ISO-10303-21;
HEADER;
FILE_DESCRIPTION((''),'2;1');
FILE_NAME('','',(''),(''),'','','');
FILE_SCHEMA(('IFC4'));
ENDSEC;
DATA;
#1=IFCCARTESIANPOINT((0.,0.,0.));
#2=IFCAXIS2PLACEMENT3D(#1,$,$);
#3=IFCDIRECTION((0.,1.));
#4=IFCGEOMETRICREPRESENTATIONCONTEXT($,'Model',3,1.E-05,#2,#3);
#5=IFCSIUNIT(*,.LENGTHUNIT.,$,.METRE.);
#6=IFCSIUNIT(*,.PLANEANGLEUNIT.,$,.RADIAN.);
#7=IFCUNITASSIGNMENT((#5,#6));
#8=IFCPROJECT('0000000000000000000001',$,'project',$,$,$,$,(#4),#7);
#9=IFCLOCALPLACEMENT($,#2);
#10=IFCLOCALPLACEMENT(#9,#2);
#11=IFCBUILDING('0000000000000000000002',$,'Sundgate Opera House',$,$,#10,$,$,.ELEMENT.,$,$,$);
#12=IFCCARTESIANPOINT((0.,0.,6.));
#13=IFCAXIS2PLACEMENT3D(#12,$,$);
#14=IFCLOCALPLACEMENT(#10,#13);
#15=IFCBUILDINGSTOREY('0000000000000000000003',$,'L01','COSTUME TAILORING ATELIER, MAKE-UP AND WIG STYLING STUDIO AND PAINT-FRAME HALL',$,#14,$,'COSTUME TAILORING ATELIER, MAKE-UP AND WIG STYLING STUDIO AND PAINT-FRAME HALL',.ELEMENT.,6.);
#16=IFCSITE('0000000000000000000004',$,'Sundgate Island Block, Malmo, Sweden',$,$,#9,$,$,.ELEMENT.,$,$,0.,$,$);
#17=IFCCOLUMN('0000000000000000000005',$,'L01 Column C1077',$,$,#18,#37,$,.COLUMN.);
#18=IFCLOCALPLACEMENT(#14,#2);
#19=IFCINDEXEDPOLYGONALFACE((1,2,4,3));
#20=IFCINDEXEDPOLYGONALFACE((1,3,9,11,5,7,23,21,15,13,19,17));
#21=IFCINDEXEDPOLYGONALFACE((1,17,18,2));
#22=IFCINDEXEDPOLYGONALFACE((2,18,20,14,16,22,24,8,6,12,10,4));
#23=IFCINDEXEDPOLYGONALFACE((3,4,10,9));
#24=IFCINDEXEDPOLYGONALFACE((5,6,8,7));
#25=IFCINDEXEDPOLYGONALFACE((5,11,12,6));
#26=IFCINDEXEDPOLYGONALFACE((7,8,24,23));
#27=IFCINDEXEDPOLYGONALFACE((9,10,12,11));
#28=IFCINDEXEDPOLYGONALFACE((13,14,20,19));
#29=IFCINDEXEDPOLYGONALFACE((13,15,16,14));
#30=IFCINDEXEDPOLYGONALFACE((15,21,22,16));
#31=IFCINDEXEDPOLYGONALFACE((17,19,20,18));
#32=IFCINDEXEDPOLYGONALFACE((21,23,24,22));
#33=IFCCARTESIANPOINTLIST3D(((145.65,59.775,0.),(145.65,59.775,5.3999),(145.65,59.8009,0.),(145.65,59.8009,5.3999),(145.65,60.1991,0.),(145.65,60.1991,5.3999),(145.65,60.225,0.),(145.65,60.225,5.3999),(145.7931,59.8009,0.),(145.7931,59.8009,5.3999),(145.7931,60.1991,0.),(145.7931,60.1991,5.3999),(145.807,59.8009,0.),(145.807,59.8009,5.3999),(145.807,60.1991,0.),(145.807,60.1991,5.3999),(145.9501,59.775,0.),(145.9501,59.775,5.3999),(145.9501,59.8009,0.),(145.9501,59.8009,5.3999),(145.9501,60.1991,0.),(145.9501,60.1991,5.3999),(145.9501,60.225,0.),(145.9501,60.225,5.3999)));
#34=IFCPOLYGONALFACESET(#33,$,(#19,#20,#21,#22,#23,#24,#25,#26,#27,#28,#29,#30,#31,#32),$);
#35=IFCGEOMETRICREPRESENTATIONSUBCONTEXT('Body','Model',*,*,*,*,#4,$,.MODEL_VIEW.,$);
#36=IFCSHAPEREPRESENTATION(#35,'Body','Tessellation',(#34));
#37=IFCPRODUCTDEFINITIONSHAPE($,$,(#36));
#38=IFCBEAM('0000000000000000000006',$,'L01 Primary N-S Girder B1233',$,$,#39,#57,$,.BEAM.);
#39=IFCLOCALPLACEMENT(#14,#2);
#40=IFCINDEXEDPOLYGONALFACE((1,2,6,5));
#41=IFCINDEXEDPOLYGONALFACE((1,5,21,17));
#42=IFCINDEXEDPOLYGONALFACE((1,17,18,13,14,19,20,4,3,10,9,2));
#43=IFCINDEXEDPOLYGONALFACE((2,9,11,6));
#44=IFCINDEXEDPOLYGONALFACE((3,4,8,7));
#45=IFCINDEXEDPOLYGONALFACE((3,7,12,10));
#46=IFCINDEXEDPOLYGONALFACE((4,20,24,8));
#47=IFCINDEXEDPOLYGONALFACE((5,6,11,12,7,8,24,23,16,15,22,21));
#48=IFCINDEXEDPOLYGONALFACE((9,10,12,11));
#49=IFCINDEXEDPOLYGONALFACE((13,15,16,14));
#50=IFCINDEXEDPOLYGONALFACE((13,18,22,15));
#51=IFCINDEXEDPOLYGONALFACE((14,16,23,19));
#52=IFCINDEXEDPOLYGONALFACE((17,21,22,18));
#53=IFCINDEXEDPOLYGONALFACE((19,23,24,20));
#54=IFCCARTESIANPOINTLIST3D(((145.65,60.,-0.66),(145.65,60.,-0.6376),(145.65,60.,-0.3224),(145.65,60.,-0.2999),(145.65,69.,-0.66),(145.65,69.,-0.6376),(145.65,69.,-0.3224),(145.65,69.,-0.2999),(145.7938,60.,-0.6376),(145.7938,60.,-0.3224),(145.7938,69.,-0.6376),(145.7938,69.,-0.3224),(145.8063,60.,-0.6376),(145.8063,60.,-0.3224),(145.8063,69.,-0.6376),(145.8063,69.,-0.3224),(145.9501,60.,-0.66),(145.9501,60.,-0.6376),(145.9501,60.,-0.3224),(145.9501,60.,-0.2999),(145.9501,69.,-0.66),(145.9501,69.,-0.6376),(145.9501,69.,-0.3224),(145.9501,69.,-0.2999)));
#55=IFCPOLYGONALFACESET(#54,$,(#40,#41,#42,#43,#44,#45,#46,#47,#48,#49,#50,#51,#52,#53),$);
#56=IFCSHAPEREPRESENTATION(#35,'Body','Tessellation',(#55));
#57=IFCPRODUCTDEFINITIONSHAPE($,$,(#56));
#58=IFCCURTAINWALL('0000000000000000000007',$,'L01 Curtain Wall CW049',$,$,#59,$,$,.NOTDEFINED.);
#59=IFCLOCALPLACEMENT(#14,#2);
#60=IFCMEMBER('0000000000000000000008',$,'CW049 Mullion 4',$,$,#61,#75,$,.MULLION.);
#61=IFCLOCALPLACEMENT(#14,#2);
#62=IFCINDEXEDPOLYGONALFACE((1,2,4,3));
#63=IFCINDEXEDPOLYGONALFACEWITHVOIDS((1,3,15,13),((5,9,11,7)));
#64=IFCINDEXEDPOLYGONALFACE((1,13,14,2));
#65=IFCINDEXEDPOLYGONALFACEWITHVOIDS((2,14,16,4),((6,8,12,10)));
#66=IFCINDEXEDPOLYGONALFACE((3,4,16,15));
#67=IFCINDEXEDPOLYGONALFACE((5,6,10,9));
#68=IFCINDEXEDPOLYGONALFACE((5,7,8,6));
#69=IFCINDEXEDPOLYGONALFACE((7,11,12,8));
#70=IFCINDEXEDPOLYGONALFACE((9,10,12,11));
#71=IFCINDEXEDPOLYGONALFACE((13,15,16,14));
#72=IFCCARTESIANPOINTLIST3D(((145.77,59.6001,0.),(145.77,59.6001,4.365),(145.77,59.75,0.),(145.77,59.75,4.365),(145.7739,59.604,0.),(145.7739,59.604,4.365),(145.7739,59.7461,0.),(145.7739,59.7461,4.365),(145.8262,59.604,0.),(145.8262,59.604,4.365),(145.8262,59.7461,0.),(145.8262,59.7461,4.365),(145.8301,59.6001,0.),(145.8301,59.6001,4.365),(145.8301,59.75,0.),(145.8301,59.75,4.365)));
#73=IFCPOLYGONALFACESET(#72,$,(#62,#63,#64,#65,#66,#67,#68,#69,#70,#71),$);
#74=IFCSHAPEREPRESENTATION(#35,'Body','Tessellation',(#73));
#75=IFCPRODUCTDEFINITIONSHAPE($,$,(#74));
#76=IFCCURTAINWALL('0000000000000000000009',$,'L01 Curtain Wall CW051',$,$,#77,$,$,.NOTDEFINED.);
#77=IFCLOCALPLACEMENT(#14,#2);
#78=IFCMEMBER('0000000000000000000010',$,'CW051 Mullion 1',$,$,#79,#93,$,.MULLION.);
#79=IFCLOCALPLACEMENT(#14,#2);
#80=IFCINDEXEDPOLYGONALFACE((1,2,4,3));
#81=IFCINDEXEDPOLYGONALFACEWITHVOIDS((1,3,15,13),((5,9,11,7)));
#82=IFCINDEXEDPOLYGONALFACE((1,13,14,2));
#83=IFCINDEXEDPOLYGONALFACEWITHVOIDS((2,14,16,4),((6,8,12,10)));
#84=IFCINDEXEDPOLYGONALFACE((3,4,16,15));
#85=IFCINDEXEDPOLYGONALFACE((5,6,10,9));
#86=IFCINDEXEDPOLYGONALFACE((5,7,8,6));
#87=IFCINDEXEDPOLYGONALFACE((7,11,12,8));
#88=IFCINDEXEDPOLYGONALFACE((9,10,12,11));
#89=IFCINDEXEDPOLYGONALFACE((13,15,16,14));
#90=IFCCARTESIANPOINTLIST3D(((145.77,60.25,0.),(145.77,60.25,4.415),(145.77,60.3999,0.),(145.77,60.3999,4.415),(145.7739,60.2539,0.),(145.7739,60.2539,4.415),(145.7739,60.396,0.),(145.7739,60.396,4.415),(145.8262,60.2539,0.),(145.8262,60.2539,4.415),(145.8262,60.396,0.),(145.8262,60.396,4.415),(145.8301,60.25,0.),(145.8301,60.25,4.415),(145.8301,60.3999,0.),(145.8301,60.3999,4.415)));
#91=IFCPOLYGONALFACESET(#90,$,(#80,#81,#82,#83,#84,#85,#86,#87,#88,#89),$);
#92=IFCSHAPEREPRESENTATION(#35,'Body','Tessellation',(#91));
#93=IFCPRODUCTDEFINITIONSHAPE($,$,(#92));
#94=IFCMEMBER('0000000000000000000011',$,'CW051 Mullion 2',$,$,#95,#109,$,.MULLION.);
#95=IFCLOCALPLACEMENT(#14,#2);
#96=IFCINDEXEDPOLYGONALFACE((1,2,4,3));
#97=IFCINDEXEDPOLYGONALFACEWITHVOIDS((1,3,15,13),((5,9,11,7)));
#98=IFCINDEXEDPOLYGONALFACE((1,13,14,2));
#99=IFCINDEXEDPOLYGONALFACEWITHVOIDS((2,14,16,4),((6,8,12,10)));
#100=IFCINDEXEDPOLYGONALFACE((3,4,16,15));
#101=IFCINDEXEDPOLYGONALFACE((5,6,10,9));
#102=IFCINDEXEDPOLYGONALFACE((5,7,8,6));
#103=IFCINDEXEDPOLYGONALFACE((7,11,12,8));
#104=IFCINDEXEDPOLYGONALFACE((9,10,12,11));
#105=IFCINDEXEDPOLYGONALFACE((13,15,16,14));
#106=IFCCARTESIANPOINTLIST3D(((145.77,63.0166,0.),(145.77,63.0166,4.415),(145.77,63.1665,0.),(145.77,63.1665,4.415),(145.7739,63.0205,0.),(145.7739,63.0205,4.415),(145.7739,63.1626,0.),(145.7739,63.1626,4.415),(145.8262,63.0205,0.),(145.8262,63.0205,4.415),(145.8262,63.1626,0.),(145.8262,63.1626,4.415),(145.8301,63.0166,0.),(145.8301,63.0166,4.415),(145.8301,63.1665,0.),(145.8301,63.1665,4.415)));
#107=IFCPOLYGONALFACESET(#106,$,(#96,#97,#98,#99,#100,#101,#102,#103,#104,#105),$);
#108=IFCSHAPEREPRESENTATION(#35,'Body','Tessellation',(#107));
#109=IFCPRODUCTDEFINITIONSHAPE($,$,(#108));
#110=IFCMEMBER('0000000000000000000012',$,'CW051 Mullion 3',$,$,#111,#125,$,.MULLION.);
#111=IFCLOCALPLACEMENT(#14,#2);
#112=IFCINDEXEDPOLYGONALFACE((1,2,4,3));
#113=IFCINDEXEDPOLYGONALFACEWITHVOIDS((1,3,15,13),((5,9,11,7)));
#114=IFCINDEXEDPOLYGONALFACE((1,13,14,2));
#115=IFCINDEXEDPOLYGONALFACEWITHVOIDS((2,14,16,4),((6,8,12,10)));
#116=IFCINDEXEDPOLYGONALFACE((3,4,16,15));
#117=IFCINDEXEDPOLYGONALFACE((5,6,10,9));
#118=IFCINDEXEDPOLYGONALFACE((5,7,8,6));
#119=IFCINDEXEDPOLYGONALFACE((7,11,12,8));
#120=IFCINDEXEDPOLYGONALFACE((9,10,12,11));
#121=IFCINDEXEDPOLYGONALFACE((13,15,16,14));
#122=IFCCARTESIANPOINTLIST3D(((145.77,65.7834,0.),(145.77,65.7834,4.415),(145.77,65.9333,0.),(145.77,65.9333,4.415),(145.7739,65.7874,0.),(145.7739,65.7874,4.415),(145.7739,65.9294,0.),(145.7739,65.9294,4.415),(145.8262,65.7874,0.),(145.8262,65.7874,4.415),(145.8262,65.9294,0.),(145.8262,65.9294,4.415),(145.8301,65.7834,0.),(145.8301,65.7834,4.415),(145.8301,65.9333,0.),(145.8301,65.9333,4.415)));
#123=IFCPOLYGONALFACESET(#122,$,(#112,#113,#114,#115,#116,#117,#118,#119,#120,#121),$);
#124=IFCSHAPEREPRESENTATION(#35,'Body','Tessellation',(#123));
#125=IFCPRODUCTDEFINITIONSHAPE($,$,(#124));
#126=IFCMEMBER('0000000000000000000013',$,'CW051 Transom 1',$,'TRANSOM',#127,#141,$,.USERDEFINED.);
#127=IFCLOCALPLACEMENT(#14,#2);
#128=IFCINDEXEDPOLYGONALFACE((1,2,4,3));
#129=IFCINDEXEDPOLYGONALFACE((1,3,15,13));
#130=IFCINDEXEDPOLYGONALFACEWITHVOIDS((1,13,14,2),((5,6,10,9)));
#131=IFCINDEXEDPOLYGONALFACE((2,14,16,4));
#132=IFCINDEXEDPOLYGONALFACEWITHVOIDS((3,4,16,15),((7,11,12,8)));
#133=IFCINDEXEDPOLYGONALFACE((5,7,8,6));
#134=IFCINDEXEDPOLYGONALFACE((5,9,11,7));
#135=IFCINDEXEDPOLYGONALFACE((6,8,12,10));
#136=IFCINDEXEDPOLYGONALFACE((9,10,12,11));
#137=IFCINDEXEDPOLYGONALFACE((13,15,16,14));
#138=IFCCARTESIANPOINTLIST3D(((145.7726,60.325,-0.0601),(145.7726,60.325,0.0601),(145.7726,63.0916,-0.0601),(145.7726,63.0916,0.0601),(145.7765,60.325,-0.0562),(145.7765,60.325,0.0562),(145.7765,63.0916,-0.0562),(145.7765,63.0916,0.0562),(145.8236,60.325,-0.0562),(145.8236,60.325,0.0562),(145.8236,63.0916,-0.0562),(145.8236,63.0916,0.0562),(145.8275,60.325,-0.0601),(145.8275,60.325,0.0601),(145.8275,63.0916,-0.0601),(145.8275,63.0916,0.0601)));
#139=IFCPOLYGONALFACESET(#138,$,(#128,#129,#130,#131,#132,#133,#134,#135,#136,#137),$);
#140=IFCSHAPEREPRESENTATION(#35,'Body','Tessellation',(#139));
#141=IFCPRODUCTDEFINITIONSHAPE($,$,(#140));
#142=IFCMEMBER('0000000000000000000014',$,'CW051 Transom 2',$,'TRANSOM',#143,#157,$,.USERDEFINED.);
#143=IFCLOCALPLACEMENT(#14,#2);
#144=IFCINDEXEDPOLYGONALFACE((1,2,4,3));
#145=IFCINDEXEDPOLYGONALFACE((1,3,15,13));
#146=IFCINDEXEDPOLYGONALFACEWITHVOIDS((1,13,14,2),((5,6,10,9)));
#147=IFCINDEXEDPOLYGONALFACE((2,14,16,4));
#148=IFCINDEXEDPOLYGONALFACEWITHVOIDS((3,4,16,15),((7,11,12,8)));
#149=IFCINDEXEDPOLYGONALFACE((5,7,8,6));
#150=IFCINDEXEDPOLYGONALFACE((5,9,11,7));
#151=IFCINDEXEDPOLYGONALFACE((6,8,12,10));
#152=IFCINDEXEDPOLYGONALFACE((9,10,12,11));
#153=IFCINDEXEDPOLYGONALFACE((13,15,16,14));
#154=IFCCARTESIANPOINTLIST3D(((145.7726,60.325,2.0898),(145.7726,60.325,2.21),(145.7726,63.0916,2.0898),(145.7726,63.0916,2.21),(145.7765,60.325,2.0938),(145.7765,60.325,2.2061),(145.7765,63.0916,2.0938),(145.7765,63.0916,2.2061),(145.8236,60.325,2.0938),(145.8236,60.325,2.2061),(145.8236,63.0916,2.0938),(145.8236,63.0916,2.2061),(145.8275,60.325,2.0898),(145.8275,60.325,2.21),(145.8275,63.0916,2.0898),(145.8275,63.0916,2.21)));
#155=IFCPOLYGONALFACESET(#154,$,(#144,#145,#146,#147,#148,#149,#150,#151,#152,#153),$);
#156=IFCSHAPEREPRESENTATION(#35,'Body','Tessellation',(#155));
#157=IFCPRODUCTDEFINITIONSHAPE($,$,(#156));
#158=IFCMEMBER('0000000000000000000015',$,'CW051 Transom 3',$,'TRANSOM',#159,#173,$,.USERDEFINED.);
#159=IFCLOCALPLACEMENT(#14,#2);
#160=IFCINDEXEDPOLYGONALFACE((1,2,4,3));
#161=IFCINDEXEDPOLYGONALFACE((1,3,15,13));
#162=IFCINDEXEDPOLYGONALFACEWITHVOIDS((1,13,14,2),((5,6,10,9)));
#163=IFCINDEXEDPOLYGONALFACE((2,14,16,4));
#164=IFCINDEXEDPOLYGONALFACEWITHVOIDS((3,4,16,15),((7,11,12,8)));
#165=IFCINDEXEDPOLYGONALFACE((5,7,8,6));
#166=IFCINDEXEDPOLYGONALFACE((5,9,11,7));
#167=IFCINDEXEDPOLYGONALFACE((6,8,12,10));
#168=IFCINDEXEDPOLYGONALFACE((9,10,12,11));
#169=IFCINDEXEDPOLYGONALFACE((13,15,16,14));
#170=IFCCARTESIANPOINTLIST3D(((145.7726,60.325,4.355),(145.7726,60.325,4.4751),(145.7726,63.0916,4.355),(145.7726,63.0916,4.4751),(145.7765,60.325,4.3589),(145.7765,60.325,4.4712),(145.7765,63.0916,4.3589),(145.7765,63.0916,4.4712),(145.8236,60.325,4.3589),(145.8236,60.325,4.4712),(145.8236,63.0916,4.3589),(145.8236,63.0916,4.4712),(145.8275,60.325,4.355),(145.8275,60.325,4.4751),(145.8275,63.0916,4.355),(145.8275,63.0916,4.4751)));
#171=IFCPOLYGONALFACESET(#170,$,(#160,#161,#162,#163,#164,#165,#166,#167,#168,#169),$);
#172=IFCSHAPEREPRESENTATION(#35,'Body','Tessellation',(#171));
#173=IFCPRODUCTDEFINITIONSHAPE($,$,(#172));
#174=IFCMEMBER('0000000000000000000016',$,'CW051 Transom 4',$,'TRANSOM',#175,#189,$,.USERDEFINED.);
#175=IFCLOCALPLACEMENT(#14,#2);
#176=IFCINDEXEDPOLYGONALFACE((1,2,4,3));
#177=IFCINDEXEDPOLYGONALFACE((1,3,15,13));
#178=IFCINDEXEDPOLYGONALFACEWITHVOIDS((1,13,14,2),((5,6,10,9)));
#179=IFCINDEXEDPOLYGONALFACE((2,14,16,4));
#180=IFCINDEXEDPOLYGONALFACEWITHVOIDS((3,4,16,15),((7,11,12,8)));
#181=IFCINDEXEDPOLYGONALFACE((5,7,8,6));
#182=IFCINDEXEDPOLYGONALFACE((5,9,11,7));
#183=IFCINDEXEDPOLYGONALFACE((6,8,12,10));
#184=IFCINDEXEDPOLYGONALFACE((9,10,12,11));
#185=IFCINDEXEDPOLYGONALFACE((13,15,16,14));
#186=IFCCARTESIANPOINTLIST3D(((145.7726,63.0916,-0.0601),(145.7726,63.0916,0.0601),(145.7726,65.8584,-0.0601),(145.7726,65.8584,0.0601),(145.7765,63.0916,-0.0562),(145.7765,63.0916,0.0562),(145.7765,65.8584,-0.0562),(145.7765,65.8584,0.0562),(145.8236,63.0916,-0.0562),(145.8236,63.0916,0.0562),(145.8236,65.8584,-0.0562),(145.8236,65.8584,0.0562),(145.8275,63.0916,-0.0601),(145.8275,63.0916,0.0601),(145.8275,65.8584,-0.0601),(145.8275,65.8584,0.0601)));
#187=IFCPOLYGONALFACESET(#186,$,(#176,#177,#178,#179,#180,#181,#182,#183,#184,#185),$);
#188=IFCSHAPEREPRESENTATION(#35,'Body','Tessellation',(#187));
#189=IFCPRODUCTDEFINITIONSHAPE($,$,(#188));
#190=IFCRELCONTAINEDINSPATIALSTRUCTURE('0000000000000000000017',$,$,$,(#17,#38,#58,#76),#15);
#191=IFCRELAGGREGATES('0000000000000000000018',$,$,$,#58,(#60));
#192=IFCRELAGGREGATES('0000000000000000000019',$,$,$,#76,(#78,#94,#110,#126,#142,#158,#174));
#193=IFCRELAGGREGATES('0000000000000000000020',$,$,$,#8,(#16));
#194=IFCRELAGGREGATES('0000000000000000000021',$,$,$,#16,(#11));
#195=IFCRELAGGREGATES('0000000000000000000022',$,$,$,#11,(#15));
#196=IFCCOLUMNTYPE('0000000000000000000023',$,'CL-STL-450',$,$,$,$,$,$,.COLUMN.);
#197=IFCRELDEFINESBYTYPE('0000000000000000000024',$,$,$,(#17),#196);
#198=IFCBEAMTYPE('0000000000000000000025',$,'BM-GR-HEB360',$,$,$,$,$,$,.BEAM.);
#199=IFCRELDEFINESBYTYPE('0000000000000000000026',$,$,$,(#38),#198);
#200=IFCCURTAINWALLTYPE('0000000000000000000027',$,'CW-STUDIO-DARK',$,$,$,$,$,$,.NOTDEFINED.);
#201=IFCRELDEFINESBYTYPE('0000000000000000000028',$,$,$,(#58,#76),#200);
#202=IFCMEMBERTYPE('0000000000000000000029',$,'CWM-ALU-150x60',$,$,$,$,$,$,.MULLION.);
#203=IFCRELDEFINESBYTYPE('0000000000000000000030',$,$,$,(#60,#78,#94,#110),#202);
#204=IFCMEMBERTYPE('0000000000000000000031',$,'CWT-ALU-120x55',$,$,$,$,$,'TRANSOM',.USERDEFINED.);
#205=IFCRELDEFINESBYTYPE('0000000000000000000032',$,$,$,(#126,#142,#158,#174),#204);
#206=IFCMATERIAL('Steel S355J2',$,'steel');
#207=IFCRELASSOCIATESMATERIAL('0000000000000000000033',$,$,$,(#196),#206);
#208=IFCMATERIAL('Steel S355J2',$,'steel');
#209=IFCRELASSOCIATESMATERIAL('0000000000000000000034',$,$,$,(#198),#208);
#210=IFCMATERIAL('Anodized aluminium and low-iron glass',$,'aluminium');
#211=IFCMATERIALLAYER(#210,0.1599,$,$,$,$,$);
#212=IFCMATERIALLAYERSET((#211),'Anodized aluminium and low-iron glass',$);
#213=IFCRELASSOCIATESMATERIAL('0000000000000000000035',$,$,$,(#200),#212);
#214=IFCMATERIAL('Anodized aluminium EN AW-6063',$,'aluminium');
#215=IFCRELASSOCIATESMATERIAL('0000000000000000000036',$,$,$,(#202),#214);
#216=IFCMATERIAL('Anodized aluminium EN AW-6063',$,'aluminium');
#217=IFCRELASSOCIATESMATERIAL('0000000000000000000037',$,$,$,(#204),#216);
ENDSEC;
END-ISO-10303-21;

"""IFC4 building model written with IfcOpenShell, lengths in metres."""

from ifc_helpers import new_model, si_unit, direction, frame, origin, origin_2d, place, context, subcontext, project, spatial, hollow_rectangle, i_section, extrude, material, layer, layer_set, material_profile, profile_set, type_object, element, aggregate, save


model = new_model("IFC4")

# Units and contexts
model_context = context("Model", 3, precision=1e-05, world=origin(), true_north=direction((0.0, 1.0)))
body_context = subcontext(model_context, "Body", "Model", "MODEL_VIEW")
ifc_project = project(units=[si_unit("LENGTHUNIT", "METRE"), si_unit("PLANEANGLEUNIT", "RADIAN")], contexts=[model_context])

# Site, building, storey
site_placement = place(None, origin())
site = spatial("IfcSite", under=ifc_project, at=site_placement, Name="Sundgate Island Block, Malmo, Sweden", CompositionType="ELEMENT", RefElevation=0.0)
building_placement = place(site_placement, origin())
building = spatial("IfcBuilding", under=site, at=building_placement, Name="Sundgate Opera House", CompositionType="ELEMENT")
storey_placement = place(building_placement, frame((0.0, 0.0, 6.0)))
storey = spatial("IfcBuildingStorey", under=building, at=storey_placement, Name="L01", Description="COSTUME TAILORING ATELIER, MAKE-UP AND WIG STYLING STUDIO AND PAINT-FRAME HALL", LongName="COSTUME TAILORING ATELIER, MAKE-UP AND WIG STYLING STUDIO AND PAINT-FRAME HALL", CompositionType="ELEMENT", Elevation=6.0)

# Column
ifc_material_1 = material(Name="Steel S355J2", Category="steel")
ifc_material_profile_1 = material_profile(ifc_material_1, i_section(OverallWidth=0.3, OverallDepth=0.45, WebThickness=0.0139, FlangeThickness=0.0259, at=origin_2d()), Name="HEB 450")
ifc_profile_set_1 = profile_set([ifc_material_profile_1], Name="Steel S355J2")
column_type = type_object("IfcColumnType", Name="CL-STL-450", PredefinedType="COLUMN", material=ifc_profile_set_1)
column_placement = place(storey_placement, frame((145.8, 60.0, 0.0), z_axis=(0.0, 0.0, 1.0), x_axis=(1.0, 0.0, 0.0)))
element("IfcColumn", 1, at=column_placement, inside=storey, type_object=column_type, Name="L01 Column C1077", PredefinedType="COLUMN", context=body_context, shape_type="SweptSolid", body=[
    extrude(i_section(OverallWidth=0.3, OverallDepth=0.45, WebThickness=0.0139, FlangeThickness=0.0259, at=origin_2d()), origin(), (0.0, 0.0, 1.0), 5.3999),
])

# Beam
ifc_material_2 = material(Name="Steel S355J2", Category="steel")
ifc_material_profile_2 = material_profile(ifc_material_2, i_section(OverallWidth=0.3, OverallDepth=0.3601, WebThickness=0.0125, FlangeThickness=0.0225, at=origin_2d()), Name="HEB 360")
ifc_profile_set_2 = profile_set([ifc_material_profile_2], Name="Steel S355J2")
beam_type = type_object("IfcBeamType", Name="BM-GR-HEB360", PredefinedType="BEAM", material=ifc_profile_set_2)
beam_placement = place(storey_placement, frame((145.8, 60.0, -0.48), z_axis=(0.0, 1.0, 0.0), x_axis=(-1.0, 0.0, 0.0)))
element("IfcBeam", 2, at=beam_placement, inside=storey, type_object=beam_type, Name="L01 Primary N-S Girder B1233", PredefinedType="BEAM", context=body_context, shape_type="SweptSolid", body=[
    extrude(i_section(OverallWidth=0.3, OverallDepth=0.3601, WebThickness=0.0125, FlangeThickness=0.0225, at=origin_2d()), origin(), (0.0, 0.0, 1.0), 9.0),
])

# Curtain wall, member
ifc_material_3 = material(Name="Anodized aluminium and low-iron glass", Category="aluminium")
ifc_layer_1 = layer(ifc_material_3, 0.1599)
ifc_layer_set_1 = layer_set([ifc_layer_1], Name="Anodized aluminium and low-iron glass")
curtain_wall_type = type_object("IfcCurtainWallType", Name="CW-STUDIO-DARK", PredefinedType="NOTDEFINED", material=ifc_layer_set_1)
curtain_wall_1_placement = place(storey_placement, origin())
curtain_wall_1 = element("IfcCurtainWall", 3, at=curtain_wall_1_placement, inside=storey, type_object=curtain_wall_type, Name="L01 Curtain Wall CW049", PredefinedType="NOTDEFINED")
ifc_material_4 = material(Name="Anodized aluminium EN AW-6063", Category="aluminium")
ifc_material_profile_3 = material_profile(ifc_material_4, hollow_rectangle(XDim=0.0601, YDim=0.1499, WallThickness=0.0039, at=origin_2d()), Name="CWM 150x60x4")
ifc_profile_set_3 = profile_set([ifc_material_profile_3], Name="Anodized aluminium EN AW-6063")
member_type_1 = type_object("IfcMemberType", Name="CWM-ALU-150x60", PredefinedType="MULLION", material=ifc_profile_set_3)
member_1_placement = place(storey_placement, frame((145.8, 59.675, 0.0), z_axis=(0.0, 0.0, 1.0), x_axis=(1.0, 0.0, 0.0)))
member_1 = element("IfcMember", 4, at=member_1_placement, type_object=member_type_1, Name="CW049 Mullion 4", PredefinedType="MULLION", context=body_context, shape_type="SweptSolid", body=[
    extrude(hollow_rectangle(XDim=0.0601, YDim=0.1499, WallThickness=0.0039, at=origin_2d()), origin(), (0.0, 0.0, 1.0), 4.365),
])

# Curtain wall, members
curtain_wall_2_placement = place(storey_placement, origin())
curtain_wall_2 = element("IfcCurtainWall", 5, at=curtain_wall_2_placement, inside=storey, type_object=curtain_wall_type, Name="L01 Curtain Wall CW051", PredefinedType="NOTDEFINED")
member_2_placement = place(storey_placement, frame((145.8, 60.325, 0.0), z_axis=(0.0, 0.0, 1.0), x_axis=(1.0, 0.0, 0.0)))
member_2 = element("IfcMember", 6, at=member_2_placement, type_object=member_type_1, Name="CW051 Mullion 1", PredefinedType="MULLION", context=body_context, shape_type="SweptSolid", body=[
    extrude(hollow_rectangle(XDim=0.0601, YDim=0.1499, WallThickness=0.0039, at=origin_2d()), origin(), (0.0, 0.0, 1.0), 4.415),
])
member_3_placement = place(storey_placement, frame((145.8, 63.0916, 0.0), z_axis=(0.0, 0.0, 1.0), x_axis=(1.0, 0.0, 0.0)))
member_3 = element("IfcMember", 7, at=member_3_placement, type_object=member_type_1, Name="CW051 Mullion 2", PredefinedType="MULLION", context=body_context, shape_type="SweptSolid", body=[
    extrude(hollow_rectangle(XDim=0.0601, YDim=0.1499, WallThickness=0.0039, at=origin_2d()), origin(), (0.0, 0.0, 1.0), 4.415),
])
member_4_placement = place(storey_placement, frame((145.8, 65.8584, 0.0), z_axis=(0.0, 0.0, 1.0), x_axis=(1.0, 0.0, 0.0)))
member_4 = element("IfcMember", 8, at=member_4_placement, type_object=member_type_1, Name="CW051 Mullion 3", PredefinedType="MULLION", context=body_context, shape_type="SweptSolid", body=[
    extrude(hollow_rectangle(XDim=0.0601, YDim=0.1499, WallThickness=0.0039, at=origin_2d()), origin(), (0.0, 0.0, 1.0), 4.415),
])
ifc_material_5 = material(Name="Anodized aluminium EN AW-6063", Category="aluminium")
ifc_material_profile_4 = material_profile(ifc_material_5, hollow_rectangle(XDim=0.0549, YDim=0.1201, WallThickness=0.0039, at=origin_2d()), Name="CWT 120x55x4")
ifc_profile_set_4 = profile_set([ifc_material_profile_4], Name="Anodized aluminium EN AW-6063")
member_type_2 = type_object("IfcMemberType", Name="CWT-ALU-120x55", ElementType="TRANSOM", PredefinedType="USERDEFINED", material=ifc_profile_set_4)
member_5_placement = place(storey_placement, frame((145.8, 60.325, 0.0), z_axis=(0.0, 1.0, 0.0), x_axis=(-1.0, 0.0, 0.0)))
member_5 = element("IfcMember", 9, at=member_5_placement, type_object=member_type_2, Name="CW051 Transom 1", ObjectType="TRANSOM", PredefinedType="USERDEFINED", context=body_context, shape_type="SweptSolid", body=[
    extrude(hollow_rectangle(XDim=0.0549, YDim=0.1201, WallThickness=0.0039, at=origin_2d()), origin(), (0.0, 0.0, 1.0), 2.7666),
])
member_6_placement = place(storey_placement, frame((145.8, 60.325, 2.1499), z_axis=(0.0, 1.0, 0.0), x_axis=(-1.0, 0.0, 0.0)))
member_6 = element("IfcMember", 10, at=member_6_placement, type_object=member_type_2, Name="CW051 Transom 2", ObjectType="TRANSOM", PredefinedType="USERDEFINED", context=body_context, shape_type="SweptSolid", body=[
    extrude(hollow_rectangle(XDim=0.0549, YDim=0.1201, WallThickness=0.0039, at=origin_2d()), origin(), (0.0, 0.0, 1.0), 2.7666),
])
member_7_placement = place(storey_placement, frame((145.8, 60.325, 4.415), z_axis=(0.0, 1.0, 0.0), x_axis=(-1.0, 0.0, 0.0)))
member_7 = element("IfcMember", 11, at=member_7_placement, type_object=member_type_2, Name="CW051 Transom 3", ObjectType="TRANSOM", PredefinedType="USERDEFINED", context=body_context, shape_type="SweptSolid", body=[
    extrude(hollow_rectangle(XDim=0.0549, YDim=0.1201, WallThickness=0.0039, at=origin_2d()), origin(), (0.0, 0.0, 1.0), 2.7666),
])
member_8_placement = place(storey_placement, frame((145.8, 63.0916, 0.0), z_axis=(0.0, 1.0, 0.0), x_axis=(-1.0, 0.0, 0.0)))
member_8 = element("IfcMember", 12, at=member_8_placement, type_object=member_type_2, Name="CW051 Transom 4", ObjectType="TRANSOM", PredefinedType="USERDEFINED", context=body_context, shape_type="SweptSolid", body=[
    extrude(hollow_rectangle(XDim=0.0549, YDim=0.1201, WallThickness=0.0039, at=origin_2d()), origin(), (0.0, 0.0, 1.0), 2.7668),
])

aggregate(curtain_wall_1, [member_1])
aggregate(curtain_wall_2, [member_2, member_3, member_4, member_5, member_6, member_7, member_8])

save(model, "model.ifc")
